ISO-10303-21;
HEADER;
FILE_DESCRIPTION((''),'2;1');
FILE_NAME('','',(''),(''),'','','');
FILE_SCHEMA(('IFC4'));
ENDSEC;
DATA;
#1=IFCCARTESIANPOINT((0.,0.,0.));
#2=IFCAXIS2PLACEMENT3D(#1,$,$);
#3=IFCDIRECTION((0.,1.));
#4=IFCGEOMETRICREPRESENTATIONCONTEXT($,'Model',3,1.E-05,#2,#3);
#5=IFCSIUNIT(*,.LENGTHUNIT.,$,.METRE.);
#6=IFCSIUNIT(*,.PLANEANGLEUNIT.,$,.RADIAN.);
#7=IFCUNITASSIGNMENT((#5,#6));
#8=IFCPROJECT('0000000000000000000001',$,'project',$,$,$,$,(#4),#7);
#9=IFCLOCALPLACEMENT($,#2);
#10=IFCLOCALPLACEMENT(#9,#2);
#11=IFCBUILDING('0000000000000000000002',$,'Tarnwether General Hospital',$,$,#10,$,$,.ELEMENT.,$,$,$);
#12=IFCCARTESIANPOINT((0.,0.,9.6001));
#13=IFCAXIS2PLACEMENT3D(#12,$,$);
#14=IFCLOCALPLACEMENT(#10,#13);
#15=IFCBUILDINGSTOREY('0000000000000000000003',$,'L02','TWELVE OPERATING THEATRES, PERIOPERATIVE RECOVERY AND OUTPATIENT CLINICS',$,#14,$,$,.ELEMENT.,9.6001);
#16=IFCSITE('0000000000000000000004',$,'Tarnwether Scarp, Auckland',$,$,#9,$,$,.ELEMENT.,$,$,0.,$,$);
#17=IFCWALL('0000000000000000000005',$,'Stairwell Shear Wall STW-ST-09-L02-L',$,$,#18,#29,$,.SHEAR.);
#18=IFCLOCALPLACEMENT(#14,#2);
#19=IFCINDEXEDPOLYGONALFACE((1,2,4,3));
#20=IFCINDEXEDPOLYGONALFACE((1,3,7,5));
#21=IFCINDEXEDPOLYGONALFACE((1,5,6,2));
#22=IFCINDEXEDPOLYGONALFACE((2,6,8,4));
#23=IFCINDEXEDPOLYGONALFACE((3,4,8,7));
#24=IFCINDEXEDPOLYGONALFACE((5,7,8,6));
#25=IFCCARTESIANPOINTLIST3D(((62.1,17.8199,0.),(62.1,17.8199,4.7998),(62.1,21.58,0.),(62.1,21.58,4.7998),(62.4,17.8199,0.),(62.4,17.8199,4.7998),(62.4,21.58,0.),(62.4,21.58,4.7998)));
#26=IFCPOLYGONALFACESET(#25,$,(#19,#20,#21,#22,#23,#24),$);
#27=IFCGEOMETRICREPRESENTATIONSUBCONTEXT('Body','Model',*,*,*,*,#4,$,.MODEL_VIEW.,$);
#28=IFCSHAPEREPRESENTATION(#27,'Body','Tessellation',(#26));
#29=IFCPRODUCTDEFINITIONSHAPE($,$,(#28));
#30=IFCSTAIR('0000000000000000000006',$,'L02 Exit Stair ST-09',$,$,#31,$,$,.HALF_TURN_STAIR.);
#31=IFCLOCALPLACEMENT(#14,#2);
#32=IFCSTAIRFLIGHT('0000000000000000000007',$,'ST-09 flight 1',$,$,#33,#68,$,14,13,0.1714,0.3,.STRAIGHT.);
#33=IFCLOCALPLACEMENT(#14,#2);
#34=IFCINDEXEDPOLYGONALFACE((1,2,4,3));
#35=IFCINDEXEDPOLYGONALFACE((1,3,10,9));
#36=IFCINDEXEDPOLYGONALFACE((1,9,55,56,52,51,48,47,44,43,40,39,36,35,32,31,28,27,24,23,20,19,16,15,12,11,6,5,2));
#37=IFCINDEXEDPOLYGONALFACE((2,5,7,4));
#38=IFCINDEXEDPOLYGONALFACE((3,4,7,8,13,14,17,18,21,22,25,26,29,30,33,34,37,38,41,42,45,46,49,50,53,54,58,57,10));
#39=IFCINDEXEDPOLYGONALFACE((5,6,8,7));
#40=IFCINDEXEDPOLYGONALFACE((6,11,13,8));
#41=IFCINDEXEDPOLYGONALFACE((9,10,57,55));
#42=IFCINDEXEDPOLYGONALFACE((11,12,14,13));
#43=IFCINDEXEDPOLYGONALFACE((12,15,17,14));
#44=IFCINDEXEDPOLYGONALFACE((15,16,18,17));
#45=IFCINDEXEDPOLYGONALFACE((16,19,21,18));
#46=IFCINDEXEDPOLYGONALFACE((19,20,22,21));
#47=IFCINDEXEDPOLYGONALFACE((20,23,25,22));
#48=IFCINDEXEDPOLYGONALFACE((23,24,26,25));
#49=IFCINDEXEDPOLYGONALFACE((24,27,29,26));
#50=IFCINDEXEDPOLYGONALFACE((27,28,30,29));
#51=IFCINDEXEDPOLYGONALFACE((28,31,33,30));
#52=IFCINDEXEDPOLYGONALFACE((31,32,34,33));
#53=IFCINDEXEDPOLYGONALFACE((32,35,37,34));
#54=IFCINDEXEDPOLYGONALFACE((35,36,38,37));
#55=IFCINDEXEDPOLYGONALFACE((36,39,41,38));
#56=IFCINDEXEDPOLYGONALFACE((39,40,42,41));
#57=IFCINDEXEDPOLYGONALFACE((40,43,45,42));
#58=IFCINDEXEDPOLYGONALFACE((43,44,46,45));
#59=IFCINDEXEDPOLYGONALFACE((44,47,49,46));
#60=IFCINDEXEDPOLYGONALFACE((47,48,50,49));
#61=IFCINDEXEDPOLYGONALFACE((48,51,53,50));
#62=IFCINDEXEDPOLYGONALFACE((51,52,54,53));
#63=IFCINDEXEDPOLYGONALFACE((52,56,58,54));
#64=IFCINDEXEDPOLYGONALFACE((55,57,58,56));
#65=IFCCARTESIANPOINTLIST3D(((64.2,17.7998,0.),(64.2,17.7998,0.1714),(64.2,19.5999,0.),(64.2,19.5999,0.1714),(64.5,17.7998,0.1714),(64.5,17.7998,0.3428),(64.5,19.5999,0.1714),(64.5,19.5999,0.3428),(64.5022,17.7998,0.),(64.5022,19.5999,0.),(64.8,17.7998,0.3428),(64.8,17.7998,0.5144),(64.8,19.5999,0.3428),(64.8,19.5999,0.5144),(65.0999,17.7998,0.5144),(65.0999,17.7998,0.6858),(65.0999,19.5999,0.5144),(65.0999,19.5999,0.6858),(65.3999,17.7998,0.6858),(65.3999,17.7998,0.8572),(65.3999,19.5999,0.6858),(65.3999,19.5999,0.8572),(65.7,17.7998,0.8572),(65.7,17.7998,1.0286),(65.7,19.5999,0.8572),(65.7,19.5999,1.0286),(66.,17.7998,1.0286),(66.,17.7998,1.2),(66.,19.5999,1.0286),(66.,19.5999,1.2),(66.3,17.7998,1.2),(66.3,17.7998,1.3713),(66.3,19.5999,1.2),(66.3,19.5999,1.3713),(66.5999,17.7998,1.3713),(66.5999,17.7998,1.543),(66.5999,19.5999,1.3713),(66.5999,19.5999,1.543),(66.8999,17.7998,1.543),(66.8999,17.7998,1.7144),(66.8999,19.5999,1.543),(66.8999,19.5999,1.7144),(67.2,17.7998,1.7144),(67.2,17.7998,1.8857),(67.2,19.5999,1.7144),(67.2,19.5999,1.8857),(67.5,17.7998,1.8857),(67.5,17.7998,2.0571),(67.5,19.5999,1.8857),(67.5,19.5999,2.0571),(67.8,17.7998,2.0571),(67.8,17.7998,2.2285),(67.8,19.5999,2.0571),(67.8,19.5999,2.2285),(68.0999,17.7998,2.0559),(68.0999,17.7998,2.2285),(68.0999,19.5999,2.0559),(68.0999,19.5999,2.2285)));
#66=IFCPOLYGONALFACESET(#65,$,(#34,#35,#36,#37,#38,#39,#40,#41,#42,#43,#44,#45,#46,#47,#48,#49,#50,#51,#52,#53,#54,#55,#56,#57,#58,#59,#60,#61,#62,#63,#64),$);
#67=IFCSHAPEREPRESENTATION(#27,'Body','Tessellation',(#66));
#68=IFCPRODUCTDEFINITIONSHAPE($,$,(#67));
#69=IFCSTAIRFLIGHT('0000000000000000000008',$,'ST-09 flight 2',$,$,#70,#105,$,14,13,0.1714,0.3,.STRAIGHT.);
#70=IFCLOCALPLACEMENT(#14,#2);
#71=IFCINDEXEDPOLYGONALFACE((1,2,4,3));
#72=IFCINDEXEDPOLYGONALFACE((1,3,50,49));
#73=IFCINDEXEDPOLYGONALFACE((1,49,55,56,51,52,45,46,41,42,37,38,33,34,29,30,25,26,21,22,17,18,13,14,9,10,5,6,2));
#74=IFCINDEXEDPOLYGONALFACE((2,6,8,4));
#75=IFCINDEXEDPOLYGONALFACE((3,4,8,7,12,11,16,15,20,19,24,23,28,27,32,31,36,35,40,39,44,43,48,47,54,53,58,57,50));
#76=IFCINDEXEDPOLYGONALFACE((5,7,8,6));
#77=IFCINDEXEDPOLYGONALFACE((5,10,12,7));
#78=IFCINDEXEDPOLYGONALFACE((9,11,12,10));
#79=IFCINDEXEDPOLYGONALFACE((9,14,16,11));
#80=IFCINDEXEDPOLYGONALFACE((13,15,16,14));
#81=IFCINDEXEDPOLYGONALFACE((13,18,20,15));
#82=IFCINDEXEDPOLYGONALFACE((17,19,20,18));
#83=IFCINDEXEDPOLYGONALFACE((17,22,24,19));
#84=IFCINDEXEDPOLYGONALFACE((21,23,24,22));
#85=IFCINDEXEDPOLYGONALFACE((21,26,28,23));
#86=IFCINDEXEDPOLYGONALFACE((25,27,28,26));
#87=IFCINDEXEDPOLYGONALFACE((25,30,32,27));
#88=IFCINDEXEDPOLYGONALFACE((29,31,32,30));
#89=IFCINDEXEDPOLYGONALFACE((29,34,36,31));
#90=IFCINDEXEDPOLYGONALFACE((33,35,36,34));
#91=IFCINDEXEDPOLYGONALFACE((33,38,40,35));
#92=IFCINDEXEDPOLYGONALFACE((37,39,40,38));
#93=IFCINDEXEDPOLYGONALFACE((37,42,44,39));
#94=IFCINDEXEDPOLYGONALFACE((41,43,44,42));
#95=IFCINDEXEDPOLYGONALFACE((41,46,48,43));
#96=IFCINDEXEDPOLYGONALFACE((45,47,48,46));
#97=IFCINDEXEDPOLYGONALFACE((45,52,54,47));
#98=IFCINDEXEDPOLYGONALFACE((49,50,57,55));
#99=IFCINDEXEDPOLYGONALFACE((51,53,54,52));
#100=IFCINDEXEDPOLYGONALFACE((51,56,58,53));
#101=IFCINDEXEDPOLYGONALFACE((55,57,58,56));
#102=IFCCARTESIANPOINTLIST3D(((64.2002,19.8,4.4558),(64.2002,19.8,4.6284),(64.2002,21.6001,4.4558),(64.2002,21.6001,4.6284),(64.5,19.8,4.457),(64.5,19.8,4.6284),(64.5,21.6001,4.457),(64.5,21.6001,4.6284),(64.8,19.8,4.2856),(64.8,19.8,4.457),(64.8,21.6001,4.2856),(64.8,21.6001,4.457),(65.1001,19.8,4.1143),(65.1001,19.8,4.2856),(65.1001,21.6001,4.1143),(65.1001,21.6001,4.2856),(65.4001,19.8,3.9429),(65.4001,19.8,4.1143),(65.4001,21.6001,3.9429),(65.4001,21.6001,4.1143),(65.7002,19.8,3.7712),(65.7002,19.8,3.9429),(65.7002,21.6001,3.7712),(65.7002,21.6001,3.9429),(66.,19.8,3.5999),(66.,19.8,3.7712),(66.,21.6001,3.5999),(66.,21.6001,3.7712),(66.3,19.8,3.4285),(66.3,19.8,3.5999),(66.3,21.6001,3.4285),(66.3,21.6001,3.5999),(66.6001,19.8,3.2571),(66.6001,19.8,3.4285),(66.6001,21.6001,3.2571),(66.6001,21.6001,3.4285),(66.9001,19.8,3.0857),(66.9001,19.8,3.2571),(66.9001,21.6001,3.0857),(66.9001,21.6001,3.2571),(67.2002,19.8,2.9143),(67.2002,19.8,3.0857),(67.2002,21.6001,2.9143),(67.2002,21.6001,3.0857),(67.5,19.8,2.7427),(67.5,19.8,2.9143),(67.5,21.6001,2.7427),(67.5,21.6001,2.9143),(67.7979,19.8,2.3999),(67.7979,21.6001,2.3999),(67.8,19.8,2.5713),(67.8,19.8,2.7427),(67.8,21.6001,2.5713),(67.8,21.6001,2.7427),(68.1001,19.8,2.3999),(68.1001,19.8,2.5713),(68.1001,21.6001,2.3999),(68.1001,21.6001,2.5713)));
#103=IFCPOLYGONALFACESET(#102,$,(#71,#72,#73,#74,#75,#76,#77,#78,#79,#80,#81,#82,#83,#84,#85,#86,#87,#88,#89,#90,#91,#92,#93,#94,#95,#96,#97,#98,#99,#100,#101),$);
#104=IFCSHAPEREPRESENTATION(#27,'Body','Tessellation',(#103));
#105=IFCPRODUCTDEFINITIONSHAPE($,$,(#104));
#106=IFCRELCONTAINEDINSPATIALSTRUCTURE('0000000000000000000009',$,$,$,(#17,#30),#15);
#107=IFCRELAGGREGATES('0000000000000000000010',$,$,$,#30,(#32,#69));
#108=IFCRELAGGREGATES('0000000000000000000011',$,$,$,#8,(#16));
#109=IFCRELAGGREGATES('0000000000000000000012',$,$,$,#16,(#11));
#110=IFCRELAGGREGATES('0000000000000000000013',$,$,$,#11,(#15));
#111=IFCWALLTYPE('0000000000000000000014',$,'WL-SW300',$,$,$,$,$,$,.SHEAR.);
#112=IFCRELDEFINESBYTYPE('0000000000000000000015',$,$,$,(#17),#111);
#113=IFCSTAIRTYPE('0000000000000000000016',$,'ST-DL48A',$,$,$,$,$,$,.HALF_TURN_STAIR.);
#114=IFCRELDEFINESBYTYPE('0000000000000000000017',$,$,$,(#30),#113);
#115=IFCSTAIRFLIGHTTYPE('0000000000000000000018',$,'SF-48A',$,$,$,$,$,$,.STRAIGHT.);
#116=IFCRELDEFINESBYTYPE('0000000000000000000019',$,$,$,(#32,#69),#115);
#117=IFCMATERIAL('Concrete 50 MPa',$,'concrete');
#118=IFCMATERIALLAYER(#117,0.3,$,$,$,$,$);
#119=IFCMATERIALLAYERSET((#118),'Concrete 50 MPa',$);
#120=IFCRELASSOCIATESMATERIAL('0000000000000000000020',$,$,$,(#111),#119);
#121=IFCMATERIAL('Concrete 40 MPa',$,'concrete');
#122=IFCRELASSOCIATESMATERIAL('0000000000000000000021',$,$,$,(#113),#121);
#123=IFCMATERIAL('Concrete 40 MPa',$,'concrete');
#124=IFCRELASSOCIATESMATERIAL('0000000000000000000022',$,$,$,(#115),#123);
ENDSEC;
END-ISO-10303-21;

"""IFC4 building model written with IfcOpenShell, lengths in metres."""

from ifc_helpers import new_model, si_unit, direction, frame, frame_2d, origin, place, context, subcontext, project, spatial, polyline, rectangle, outline, extrude, material, layer, layer_set, type_object, element, aggregate, save


model = new_model("IFC4")

# Units and contexts
model_context = context("Model", 3, precision=1e-05, world=origin(), true_north=direction((0.0, 1.0)))
body_context = subcontext(model_context, "Body", "Model", "MODEL_VIEW")
ifc_project = project(units=[si_unit("LENGTHUNIT", "METRE"), si_unit("PLANEANGLEUNIT", "RADIAN")], contexts=[model_context])

# Site, building, storey
site_placement = place(None, origin())
site = spatial("IfcSite", under=ifc_project, at=site_placement, Name="Tarnwether Scarp, Auckland", CompositionType="ELEMENT", RefElevation=0.0)
building_placement = place(site_placement, origin())
building = spatial("IfcBuilding", under=site, at=building_placement, Name="Tarnwether General Hospital", CompositionType="ELEMENT")
storey_placement = place(building_placement, frame((0.0, 0.0, 9.6001)))
storey = spatial("IfcBuildingStorey", under=building, at=storey_placement, Name="L02", Description="TWELVE OPERATING THEATRES, PERIOPERATIVE RECOVERY AND OUTPATIENT CLINICS", CompositionType="ELEMENT", Elevation=9.6001)

# Shared definitions
ifc_material_1 = material(Name="Concrete 50 MPa", Category="concrete")
ifc_layer_1 = layer(ifc_material_1, 0.3)
ifc_layer_set_1 = layer_set([ifc_layer_1], Name="Concrete 50 MPa")
wall_type_1 = type_object("IfcWallType", Name="WL-SW300", PredefinedType="SHEAR", material=ifc_layer_set_1)

# Wall
wall_1_placement = place(storey_placement, frame((62.25, 17.8201, 0.0), z_axis=(0.0, 0.0, 1.0), x_axis=(0.0, 1.0, 0.0)))
element("IfcWall", 1, at=wall_1_placement, inside=storey, type_object=wall_type_1, Name="Stairwell Shear Wall STW-ST-09-L02-L", PredefinedType="SHEAR", context=body_context, shape_type="SweptSolid", body=[
    extrude(rectangle(XDim=3.76, YDim=0.3, at=frame_2d((1.8799, 0.0))), origin(), (0.0, 0.0, 1.0), 4.7998),
])

# Stair, stair flights
ifc_material_2 = material(Name="Concrete 40 MPa", Category="concrete")
stair_type = type_object("IfcStairType", Name="ST-DL48A", PredefinedType="HALF_TURN_STAIR", material=ifc_material_2)
stair_placement = place(storey_placement, origin())
stair = element("IfcStair", 2, at=stair_placement, inside=storey, type_object=stair_type, Name="L02 Exit Stair ST-09", PredefinedType="HALF_TURN_STAIR")
ifc_material_3 = material(Name="Concrete 40 MPa", Category="concrete")
stair_flight_type = type_object("IfcStairFlightType", Name="SF-48A", PredefinedType="STRAIGHT", material=ifc_material_3)
stair_flight_1_placement = place(storey_placement, frame((64.2, 18.7, 0.0), z_axis=(0.0, 0.0, 1.0), x_axis=(1.0, 0.0, 0.0)))
stair_flight_1 = element("IfcStairFlight", 3, at=stair_flight_1_placement, type_object=stair_flight_type, Name="ST-09 flight 1", NumberOfRisers=14, NumberOfTreads=13, PredefinedType="STRAIGHT", RiserHeight=0.1714, TreadLength=0.3, context=body_context, shape_type="SweptSolid", body=[
    extrude(outline(polyline([(0.0, 0.0), (0.0, 0.1714), (0.3, 0.1714), (0.3, 0.3428), (0.6001, 0.3428), (0.6001, 0.5144), (0.8999, 0.5144), (0.8999, 0.6858), (1.2, 0.6858), (1.2, 0.8572), (1.5, 0.8572), (1.5, 1.0286), (1.8, 1.0286), (1.8, 1.2), (2.1001, 1.2), (2.1001, 1.3713), (2.3999, 1.3713), (2.3999, 1.543), (2.7, 1.543), (2.7, 1.7144), (3.0, 1.7144), (3.0, 1.8857), (3.3, 1.8857), (3.3, 2.0571), (3.6001, 2.0571), (3.6001, 2.2285), (3.8999, 2.2285), (3.8999, 2.3999), (3.8999, 2.0559), (0.3022, 0.0), (0.0, 0.0)])), frame((0.0, 0.8999, 0.0), z_axis=(0.0, -1.0, 0.0), x_axis=(1.0, 0.0, 0.0)), (0.0, 0.0, 1.0), 1.8),
])
stair_flight_2_placement = place(storey_placement, frame((68.1001, 20.7, 2.3999), z_axis=(0.0, 0.0, 1.0), x_axis=(-1.0, 0.0, 0.0)))
stair_flight_2 = element("IfcStairFlight", 4, at=stair_flight_2_placement, type_object=stair_flight_type, Name="ST-09 flight 2", NumberOfRisers=14, NumberOfTreads=13, PredefinedType="STRAIGHT", RiserHeight=0.1714, TreadLength=0.3, context=body_context, shape_type="SweptSolid", body=[
    extrude(outline(polyline([(0.0, 0.0), (0.0, 0.1714), (0.3, 0.1714), (0.3, 0.3428), (0.6001, 0.3428), (0.6001, 0.5144), (0.8999, 0.5144), (0.8999, 0.6858), (1.2, 0.6858), (1.2, 0.8572), (1.5, 0.8572), (1.5, 1.0286), (1.8, 1.0286), (1.8, 1.2), (2.1001, 1.2), (2.1001, 1.3713), (2.3999, 1.3713), (2.3999, 1.543), (2.7, 1.543), (2.7, 1.7144), (3.0, 1.7144), (3.0, 1.8857), (3.3, 1.8857), (3.3, 2.0571), (3.6001, 2.0571), (3.6001, 2.2285), (3.8999, 2.2285), (3.8999, 2.3999), (3.8999, 2.0559), (0.3022, 0.0), (0.0, 0.0)])), frame((0.0, 0.8999, 0.0), z_axis=(0.0, -1.0, 0.0), x_axis=(1.0, 0.0, 0.0)), (0.0, 0.0, 1.0), 1.8),
])
aggregate(stair, [stair_flight_1, stair_flight_2])

save(model, "model.ifc")
